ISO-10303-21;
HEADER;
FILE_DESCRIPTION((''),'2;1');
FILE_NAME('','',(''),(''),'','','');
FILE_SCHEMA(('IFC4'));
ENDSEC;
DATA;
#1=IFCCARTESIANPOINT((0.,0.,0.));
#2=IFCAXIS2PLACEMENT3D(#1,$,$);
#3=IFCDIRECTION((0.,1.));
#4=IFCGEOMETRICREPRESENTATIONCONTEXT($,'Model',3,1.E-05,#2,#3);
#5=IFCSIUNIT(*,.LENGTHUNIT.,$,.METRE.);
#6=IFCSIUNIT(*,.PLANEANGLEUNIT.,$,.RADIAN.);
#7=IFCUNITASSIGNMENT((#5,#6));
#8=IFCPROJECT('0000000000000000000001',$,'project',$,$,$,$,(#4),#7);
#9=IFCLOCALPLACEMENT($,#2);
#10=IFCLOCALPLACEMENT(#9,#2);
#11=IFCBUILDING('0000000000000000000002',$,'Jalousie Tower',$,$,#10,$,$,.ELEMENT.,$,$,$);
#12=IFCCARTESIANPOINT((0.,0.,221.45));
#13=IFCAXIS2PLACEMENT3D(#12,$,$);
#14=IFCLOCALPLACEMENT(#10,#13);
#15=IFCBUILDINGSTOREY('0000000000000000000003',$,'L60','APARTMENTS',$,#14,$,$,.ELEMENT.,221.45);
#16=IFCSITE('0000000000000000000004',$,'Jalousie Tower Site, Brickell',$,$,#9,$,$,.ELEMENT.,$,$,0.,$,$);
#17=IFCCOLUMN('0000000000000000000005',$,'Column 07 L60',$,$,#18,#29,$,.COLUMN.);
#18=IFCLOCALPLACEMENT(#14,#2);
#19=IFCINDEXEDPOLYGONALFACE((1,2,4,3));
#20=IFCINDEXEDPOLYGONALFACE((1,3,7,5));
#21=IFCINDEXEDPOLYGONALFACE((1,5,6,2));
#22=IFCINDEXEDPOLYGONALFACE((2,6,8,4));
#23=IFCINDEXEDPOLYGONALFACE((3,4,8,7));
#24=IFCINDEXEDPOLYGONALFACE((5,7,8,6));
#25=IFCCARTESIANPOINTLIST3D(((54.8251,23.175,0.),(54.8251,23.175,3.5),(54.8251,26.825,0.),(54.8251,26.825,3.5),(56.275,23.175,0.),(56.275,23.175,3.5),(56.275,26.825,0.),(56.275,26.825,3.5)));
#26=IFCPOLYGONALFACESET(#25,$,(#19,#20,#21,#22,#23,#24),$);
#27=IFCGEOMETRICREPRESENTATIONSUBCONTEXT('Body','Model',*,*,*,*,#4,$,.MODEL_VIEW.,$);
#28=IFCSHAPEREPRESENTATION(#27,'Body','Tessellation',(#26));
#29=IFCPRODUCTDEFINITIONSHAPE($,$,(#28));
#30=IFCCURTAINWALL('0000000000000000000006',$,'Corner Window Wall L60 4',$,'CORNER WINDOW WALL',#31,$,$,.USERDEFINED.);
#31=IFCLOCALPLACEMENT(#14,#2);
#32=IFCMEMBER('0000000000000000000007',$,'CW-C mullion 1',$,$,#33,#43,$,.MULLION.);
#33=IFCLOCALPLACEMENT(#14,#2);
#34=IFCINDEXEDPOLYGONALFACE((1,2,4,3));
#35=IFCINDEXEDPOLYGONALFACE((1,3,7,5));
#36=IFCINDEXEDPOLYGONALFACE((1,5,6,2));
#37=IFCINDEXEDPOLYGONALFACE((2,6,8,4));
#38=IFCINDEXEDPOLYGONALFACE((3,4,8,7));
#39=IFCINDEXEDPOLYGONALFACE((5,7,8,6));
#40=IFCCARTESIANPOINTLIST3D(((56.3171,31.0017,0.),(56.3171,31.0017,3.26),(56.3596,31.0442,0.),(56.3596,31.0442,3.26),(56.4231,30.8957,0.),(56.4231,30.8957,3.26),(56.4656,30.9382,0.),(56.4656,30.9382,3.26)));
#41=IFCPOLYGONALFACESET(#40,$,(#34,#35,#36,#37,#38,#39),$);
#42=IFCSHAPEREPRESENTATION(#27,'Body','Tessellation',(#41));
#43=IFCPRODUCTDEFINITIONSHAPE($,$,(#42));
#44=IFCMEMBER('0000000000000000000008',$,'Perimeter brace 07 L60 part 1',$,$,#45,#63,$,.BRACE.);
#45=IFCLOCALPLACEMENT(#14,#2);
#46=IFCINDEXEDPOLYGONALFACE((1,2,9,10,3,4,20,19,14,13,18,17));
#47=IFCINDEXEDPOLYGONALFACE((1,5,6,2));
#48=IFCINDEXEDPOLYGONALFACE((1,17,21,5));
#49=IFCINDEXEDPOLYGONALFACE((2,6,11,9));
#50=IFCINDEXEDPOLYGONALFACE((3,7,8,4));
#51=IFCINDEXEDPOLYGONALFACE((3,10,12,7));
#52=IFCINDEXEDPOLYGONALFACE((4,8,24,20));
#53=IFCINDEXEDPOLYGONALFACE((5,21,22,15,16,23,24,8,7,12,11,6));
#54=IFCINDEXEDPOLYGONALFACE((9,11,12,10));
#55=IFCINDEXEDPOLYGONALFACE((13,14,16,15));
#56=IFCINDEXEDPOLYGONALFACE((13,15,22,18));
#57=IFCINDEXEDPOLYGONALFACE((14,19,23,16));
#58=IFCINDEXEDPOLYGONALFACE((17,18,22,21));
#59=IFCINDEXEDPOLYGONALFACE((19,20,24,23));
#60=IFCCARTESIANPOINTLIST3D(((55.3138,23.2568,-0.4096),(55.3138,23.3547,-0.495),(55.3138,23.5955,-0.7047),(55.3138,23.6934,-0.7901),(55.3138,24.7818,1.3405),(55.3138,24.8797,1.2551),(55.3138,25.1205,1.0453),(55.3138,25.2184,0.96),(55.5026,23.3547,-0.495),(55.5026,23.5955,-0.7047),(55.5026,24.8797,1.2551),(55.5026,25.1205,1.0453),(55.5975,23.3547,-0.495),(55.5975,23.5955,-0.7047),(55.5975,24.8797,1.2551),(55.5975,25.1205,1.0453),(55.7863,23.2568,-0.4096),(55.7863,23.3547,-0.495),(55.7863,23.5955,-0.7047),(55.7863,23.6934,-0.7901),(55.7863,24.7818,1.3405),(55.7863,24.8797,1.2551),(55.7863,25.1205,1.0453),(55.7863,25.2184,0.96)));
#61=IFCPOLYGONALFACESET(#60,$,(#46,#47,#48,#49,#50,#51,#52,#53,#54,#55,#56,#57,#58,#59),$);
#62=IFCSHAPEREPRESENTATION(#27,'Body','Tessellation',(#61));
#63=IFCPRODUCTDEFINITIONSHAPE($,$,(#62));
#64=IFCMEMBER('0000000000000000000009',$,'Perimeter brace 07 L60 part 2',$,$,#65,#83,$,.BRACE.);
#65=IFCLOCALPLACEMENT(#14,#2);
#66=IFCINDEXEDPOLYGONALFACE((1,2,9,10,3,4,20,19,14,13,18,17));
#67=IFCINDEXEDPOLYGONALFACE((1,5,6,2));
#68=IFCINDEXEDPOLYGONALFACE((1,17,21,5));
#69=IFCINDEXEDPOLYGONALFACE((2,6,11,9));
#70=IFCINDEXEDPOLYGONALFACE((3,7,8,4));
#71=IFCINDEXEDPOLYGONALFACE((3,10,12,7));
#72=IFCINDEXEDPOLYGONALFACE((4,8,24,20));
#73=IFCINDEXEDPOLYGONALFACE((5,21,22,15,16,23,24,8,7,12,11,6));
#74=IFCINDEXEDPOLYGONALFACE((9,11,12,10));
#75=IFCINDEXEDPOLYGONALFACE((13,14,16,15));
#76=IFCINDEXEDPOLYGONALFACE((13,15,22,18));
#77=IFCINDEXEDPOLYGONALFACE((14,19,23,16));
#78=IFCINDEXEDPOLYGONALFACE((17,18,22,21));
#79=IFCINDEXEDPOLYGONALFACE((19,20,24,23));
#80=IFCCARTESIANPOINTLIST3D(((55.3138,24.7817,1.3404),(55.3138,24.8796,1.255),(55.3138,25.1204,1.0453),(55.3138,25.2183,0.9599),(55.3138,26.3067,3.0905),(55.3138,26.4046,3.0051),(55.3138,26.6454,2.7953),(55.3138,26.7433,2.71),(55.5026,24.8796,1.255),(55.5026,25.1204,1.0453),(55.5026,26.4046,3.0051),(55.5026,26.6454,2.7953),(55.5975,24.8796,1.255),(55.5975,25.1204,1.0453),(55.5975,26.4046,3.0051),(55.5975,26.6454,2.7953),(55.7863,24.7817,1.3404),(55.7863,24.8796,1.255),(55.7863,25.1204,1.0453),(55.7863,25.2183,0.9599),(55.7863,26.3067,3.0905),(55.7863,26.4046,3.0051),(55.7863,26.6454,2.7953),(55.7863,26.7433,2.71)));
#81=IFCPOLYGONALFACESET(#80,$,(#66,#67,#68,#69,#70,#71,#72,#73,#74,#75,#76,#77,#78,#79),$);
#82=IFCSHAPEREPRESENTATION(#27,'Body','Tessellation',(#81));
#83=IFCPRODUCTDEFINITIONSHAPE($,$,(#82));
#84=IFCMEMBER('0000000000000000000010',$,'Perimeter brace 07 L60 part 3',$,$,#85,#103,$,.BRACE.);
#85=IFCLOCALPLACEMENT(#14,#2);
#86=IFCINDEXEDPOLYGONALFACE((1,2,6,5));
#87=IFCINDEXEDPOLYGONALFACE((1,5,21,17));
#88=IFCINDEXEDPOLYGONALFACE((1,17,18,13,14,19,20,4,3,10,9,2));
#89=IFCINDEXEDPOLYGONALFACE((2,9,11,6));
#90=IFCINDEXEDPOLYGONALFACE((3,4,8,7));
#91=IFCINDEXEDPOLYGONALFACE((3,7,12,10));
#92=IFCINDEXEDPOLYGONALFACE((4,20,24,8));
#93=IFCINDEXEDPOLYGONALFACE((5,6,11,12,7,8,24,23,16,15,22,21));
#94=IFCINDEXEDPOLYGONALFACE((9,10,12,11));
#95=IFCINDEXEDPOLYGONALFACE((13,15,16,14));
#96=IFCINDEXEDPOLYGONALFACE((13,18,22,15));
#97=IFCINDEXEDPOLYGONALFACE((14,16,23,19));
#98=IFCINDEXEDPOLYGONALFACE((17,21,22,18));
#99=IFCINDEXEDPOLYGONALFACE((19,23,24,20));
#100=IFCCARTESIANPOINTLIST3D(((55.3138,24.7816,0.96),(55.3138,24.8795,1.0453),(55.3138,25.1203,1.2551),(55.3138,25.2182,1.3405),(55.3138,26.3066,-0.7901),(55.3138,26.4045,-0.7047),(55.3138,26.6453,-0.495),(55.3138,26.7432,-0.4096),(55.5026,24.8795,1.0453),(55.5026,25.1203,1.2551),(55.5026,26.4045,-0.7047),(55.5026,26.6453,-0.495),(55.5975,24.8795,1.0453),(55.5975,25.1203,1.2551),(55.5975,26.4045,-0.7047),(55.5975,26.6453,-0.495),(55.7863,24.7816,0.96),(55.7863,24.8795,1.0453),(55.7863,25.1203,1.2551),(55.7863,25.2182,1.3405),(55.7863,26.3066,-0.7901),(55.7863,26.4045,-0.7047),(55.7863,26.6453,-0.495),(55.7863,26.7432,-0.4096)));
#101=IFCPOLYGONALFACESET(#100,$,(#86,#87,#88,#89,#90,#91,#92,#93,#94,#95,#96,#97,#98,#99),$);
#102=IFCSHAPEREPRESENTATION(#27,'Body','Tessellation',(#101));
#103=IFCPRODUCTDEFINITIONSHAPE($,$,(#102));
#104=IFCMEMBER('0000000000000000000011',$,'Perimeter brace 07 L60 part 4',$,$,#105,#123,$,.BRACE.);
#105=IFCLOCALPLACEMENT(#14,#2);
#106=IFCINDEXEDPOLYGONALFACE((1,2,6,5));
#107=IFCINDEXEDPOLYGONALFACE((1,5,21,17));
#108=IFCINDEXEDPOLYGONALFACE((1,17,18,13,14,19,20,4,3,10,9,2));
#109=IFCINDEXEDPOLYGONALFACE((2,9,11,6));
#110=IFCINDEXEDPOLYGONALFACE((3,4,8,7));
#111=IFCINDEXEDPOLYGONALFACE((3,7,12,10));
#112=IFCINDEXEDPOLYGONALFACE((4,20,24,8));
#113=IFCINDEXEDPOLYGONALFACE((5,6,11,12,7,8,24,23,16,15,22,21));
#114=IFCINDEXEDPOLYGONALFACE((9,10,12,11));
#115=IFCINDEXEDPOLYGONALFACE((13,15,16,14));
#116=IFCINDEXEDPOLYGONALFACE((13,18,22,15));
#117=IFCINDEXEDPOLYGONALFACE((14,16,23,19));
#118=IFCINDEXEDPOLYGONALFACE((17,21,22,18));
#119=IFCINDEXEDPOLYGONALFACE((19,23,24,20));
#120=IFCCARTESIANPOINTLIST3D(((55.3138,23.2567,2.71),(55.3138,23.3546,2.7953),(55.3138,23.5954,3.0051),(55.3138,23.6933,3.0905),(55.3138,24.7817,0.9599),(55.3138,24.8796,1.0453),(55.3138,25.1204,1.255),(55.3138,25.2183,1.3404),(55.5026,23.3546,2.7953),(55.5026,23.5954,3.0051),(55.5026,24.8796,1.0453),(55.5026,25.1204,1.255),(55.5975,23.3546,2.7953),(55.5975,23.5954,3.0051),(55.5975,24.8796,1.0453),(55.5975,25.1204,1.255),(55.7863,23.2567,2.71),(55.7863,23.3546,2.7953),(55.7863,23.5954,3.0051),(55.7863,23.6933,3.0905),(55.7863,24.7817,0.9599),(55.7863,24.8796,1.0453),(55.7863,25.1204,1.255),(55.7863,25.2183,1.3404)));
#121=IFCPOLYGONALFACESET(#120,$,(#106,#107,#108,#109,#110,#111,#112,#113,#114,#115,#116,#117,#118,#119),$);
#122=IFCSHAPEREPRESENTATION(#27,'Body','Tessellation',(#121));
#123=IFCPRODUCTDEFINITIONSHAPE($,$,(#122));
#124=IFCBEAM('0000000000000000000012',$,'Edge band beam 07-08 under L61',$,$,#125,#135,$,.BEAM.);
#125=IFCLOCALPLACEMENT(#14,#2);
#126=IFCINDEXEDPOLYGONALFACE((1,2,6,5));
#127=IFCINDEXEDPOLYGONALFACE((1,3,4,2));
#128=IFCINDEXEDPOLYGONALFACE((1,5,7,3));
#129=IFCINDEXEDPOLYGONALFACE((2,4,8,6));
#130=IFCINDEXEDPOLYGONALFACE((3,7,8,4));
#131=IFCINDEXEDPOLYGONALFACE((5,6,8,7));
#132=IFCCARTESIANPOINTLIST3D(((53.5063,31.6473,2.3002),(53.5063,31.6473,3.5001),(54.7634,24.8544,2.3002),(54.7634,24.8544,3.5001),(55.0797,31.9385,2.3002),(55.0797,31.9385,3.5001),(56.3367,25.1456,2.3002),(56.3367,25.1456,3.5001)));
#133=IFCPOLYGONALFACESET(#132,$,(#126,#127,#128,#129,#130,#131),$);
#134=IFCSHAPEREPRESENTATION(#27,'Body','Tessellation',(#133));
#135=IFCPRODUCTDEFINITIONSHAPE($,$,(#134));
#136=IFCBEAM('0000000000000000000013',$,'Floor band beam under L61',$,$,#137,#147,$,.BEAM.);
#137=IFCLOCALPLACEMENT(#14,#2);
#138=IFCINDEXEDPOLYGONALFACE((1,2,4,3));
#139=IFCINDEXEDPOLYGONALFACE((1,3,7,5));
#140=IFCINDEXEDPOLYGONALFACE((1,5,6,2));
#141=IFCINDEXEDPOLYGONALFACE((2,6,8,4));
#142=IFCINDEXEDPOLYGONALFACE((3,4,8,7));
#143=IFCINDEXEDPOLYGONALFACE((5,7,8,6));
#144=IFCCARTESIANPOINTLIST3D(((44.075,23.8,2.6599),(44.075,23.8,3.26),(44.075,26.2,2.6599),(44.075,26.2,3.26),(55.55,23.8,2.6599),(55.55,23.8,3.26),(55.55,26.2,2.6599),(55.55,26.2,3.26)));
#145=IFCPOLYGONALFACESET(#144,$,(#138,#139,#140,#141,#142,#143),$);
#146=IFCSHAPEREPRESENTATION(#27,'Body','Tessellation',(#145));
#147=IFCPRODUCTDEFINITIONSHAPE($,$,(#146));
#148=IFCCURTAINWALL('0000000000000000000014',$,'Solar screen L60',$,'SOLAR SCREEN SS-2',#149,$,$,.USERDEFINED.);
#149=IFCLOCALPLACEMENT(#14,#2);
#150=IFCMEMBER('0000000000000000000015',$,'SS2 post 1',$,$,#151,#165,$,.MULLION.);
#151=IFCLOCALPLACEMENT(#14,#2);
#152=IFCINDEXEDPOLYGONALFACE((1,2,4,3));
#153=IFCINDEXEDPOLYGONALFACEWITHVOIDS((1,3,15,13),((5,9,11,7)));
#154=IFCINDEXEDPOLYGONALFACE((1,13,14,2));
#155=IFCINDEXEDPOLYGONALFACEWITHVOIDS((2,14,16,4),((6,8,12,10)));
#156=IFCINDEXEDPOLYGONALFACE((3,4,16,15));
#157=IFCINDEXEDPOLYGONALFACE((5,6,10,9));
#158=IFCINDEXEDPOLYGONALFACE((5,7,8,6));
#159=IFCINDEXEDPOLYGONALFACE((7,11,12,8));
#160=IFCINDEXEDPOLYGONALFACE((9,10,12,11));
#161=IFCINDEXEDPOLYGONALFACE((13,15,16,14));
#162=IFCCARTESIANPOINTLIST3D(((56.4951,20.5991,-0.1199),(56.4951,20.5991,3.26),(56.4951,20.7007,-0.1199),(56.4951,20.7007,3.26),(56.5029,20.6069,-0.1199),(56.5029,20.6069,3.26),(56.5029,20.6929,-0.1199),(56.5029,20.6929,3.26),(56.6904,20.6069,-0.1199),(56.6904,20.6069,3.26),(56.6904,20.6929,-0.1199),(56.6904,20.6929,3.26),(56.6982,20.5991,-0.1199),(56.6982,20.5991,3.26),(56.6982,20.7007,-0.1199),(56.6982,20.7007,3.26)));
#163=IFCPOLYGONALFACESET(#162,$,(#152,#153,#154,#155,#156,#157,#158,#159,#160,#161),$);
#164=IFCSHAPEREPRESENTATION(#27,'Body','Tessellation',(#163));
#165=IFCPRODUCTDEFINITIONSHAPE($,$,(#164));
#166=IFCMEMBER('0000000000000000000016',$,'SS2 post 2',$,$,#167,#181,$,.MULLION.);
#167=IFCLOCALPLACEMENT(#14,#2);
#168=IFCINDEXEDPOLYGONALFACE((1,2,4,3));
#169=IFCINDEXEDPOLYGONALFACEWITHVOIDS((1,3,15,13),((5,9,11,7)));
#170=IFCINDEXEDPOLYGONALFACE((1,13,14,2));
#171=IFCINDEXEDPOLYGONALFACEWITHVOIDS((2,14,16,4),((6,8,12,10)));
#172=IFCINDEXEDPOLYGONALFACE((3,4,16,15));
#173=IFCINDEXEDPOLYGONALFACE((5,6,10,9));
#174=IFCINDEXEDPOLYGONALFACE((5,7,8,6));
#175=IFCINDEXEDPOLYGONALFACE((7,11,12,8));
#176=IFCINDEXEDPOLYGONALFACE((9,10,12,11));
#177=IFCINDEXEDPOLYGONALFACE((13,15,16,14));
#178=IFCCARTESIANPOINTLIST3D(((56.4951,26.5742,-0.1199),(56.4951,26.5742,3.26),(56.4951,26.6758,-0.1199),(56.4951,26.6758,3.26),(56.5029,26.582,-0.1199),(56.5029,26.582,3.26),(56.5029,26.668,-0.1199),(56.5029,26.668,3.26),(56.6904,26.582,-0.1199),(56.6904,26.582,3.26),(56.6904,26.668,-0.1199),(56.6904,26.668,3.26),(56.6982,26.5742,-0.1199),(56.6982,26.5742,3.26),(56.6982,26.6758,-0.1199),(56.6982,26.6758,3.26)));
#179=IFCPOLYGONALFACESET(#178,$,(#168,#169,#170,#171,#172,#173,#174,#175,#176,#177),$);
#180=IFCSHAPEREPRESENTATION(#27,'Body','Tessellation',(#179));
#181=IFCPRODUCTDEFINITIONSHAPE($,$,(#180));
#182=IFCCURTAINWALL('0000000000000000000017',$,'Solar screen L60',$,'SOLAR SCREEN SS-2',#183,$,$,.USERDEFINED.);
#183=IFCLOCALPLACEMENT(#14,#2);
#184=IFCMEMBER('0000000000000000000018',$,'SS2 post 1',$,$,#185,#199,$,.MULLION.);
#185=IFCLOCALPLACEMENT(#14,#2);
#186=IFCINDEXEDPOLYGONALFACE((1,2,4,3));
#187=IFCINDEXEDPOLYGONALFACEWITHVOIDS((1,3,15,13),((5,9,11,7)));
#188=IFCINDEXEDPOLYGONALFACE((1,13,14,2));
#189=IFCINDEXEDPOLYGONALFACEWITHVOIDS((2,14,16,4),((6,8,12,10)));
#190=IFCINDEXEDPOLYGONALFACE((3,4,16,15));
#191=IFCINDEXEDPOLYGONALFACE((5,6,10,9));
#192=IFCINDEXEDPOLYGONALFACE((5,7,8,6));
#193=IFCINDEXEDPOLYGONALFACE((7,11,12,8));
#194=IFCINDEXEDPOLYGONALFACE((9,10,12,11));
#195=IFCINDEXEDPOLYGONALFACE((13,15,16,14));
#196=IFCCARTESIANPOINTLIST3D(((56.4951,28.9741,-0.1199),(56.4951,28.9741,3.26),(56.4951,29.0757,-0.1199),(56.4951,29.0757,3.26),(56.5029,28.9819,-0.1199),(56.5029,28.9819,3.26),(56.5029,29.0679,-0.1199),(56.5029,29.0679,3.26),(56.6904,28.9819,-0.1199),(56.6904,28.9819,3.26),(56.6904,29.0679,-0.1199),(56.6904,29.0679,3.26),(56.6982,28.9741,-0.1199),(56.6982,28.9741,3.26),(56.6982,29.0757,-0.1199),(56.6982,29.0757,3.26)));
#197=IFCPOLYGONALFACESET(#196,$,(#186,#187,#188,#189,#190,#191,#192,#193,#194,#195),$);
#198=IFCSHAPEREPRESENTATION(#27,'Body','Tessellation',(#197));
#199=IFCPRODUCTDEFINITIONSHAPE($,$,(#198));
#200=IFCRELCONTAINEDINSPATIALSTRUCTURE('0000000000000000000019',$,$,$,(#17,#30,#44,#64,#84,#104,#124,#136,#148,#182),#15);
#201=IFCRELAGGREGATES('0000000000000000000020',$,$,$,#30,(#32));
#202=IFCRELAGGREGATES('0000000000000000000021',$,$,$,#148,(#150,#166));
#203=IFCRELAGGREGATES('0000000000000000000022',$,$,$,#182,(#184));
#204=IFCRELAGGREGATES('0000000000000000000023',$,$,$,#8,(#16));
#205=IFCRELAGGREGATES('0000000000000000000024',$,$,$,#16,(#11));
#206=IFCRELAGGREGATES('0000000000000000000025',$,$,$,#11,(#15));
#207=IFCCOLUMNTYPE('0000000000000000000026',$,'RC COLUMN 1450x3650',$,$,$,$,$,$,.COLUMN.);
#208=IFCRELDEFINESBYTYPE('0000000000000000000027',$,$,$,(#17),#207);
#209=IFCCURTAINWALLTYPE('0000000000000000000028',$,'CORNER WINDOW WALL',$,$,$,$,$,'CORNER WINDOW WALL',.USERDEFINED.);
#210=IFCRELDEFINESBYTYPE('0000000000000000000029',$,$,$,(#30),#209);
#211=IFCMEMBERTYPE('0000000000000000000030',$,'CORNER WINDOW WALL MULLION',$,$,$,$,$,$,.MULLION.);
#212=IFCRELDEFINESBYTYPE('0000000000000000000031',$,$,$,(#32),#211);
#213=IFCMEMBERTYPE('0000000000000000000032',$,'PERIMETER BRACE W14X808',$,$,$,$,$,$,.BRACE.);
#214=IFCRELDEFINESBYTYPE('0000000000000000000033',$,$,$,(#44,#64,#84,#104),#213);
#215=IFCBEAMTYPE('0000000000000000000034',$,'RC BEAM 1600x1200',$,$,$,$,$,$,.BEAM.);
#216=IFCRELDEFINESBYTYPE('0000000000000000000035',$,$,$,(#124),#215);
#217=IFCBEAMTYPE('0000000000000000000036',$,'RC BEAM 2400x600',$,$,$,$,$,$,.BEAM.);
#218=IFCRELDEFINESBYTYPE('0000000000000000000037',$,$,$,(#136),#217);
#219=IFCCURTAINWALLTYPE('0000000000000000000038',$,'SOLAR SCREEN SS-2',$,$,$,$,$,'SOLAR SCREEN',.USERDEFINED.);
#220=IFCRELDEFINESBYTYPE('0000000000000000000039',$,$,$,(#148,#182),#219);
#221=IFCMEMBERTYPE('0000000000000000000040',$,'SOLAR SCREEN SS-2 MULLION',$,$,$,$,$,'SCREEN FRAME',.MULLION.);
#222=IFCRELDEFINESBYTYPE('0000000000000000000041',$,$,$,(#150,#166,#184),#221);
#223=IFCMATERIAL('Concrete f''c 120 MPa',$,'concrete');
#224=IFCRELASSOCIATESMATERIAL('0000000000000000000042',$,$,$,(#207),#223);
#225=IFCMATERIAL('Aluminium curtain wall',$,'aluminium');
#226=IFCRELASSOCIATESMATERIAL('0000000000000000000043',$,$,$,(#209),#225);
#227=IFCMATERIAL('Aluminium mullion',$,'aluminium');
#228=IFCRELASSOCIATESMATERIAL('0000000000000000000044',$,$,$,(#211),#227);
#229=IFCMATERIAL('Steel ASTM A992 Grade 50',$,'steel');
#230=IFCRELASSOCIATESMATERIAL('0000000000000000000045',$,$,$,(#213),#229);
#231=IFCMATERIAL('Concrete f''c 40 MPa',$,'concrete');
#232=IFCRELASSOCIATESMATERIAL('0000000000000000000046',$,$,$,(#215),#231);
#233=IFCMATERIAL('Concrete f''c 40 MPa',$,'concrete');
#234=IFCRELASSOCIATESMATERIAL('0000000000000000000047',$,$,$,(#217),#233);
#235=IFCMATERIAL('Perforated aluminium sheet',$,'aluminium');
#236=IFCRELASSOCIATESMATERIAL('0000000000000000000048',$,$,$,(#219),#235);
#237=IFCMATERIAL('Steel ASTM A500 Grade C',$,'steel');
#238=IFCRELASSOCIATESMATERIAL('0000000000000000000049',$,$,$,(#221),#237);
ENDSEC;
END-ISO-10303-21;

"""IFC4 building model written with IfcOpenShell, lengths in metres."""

from ifc_helpers import new_model, si_unit, direction, frame, origin, origin_2d, place, context, subcontext, project, spatial, rectangle, hollow_rectangle, i_section, extrude, material, material_profile, profile_set, type_object, element, aggregate, save


model = new_model("IFC4")

# Units and contexts
model_context = context("Model", 3, precision=1e-05, world=origin(), true_north=direction((0.0, 1.0)))
body_context = subcontext(model_context, "Body", "Model", "MODEL_VIEW")
ifc_project = project(units=[si_unit("LENGTHUNIT", "METRE"), si_unit("PLANEANGLEUNIT", "RADIAN")], contexts=[model_context])

# Site, building, storey
site_placement = place(None, origin())
site = spatial("IfcSite", under=ifc_project, at=site_placement, Name="Jalousie Tower Site, Brickell", CompositionType="ELEMENT", RefElevation=0.0)
building_placement = place(site_placement, origin())
building = spatial("IfcBuilding", under=site, at=building_placement, Name="Jalousie Tower", CompositionType="ELEMENT")
storey_placement = place(building_placement, frame((0.0, 0.0, 221.45)))
storey = spatial("IfcBuildingStorey", under=building, at=storey_placement, Name="L60", Description="APARTMENTS", CompositionType="ELEMENT", Elevation=221.45)

# Column
ifc_material_1 = material(Name="Concrete f'c 120 MPa", Category="concrete")
ifc_material_profile_1 = material_profile(ifc_material_1, rectangle(XDim=1.45, YDim=3.6499, at=origin_2d()), Name="RC 1450x3650")
ifc_profile_set_1 = profile_set([ifc_material_profile_1], Name="Concrete f'c 120 MPa")
column_type = type_object("IfcColumnType", Name="RC COLUMN 1450x3650", PredefinedType="COLUMN", material=ifc_profile_set_1)
column_placement = place(storey_placement, frame((55.55, 25.0, 0.0), z_axis=(0.0, 0.0, 1.0), x_axis=(1.0, 0.0, 0.0)))
element("IfcColumn", 1, at=column_placement, inside=storey, type_object=column_type, Name="Column 07 L60", PredefinedType="COLUMN", context=body_context, shape_type="SweptSolid", body=[
    extrude(rectangle(XDim=1.45, YDim=3.6499, at=origin_2d()), origin(), (0.0, 0.0, 1.0), 3.5),
])

# Curtain wall, member
ifc_material_2 = material(Name="Aluminium curtain wall", Category="aluminium")
curtain_wall_type_1 = type_object("IfcCurtainWallType", Name="CORNER WINDOW WALL", ElementType="CORNER WINDOW WALL", PredefinedType="USERDEFINED", material=ifc_material_2)
curtain_wall_1_placement = place(storey_placement, origin())
curtain_wall_1 = element("IfcCurtainWall", 2, at=curtain_wall_1_placement, inside=storey, type_object=curtain_wall_type_1, Name="Corner Window Wall L60 4", ObjectType="CORNER WINDOW WALL", PredefinedType="USERDEFINED")
ifc_material_3 = material(Name="Aluminium mullion", Category="aluminium")
ifc_material_profile_2 = material_profile(ifc_material_3, rectangle(XDim=0.0601, YDim=0.1499, at=origin_2d()), Name="MULLION 60x150")
ifc_profile_set_2 = profile_set([ifc_material_profile_2], Name="Aluminium mullion")
member_type_1 = type_object("IfcMemberType", Name="CORNER WINDOW WALL MULLION", PredefinedType="MULLION", material=ifc_profile_set_2)
member_1_placement = place(storey_placement, frame((56.3914, 30.97, 0.0), z_axis=(0.0, 0.0, 1.0), x_axis=(-0.707107, -0.707107, 0.0)))
member_1 = element("IfcMember", 3, at=member_1_placement, type_object=member_type_1, Name="CW-C mullion 1", PredefinedType="MULLION", context=body_context, shape_type="SweptSolid", body=[
    extrude(rectangle(XDim=0.0601, YDim=0.1499, at=origin_2d()), origin(), (0.0, 0.0, 1.0), 3.26),
])
aggregate(curtain_wall_1, [member_1])

# Members
ifc_material_4 = material(Name="Steel ASTM A992 Grade 50", Category="steel")
ifc_material_profile_3 = material_profile(ifc_material_4, i_section(OverallWidth=0.4724, OverallDepth=0.5791, WebThickness=0.095, FlangeThickness=0.1299, at=origin_2d()), Name="W14X808")
ifc_profile_set_3 = profile_set([ifc_material_profile_3], Name="Steel ASTM A992 Grade 50")
member_type_2 = type_object("IfcMemberType", Name="PERIMETER BRACE W14X808", PredefinedType="BRACE", material=ifc_profile_set_3)
for number, where, z_axis, x_axis, name in (
    (4, (55.55, 23.4751, -0.5999), (0.0, 0.656954, 0.75393), (-1.0, 0.0, 0.0), "Perimeter brace 07 L60 part 1"),
    (5, (55.55, 25.0, 1.1501), (0.0, 0.656954, 0.75393), (-1.0, 0.0, 0.0), "Perimeter brace 07 L60 part 2"),
    (6, (55.55, 26.5249, -0.5999), (0.0, -0.656954, 0.75393), (1.0, 0.0, 0.0), "Perimeter brace 07 L60 part 3"),
    (7, (55.55, 25.0, 1.1501), (0.0, -0.656954, 0.75393), (1.0, 0.0, 0.0), "Perimeter brace 07 L60 part 4"),
):
    element("IfcMember", number, at=place(storey_placement, frame(where, z_axis=z_axis, x_axis=x_axis)), inside=storey, type_object=member_type_2, Name=name, PredefinedType="BRACE", context=body_context, shape_type="SweptSolid", body=[
        extrude(i_section(OverallWidth=0.4724, OverallDepth=0.5791, WebThickness=0.095, FlangeThickness=0.1299, at=origin_2d()), origin(), (0.0, 0.0, 1.0), 2.3213),
    ])

# Beams
ifc_material_5 = material(Name="Concrete f'c 40 MPa", Category="concrete")
ifc_material_profile_4 = material_profile(ifc_material_5, rectangle(XDim=1.6001, YDim=1.2, at=origin_2d()), Name="RC 1600x1200")
ifc_profile_set_4 = profile_set([ifc_material_profile_4], Name="Concrete f'c 40 MPa")
beam_type_1 = type_object("IfcBeamType", Name="RC BEAM 1600x1200", PredefinedType="BEAM", material=ifc_profile_set_4)
beam_1_placement = place(storey_placement, frame((55.55, 25.0, 2.9001), z_axis=(-0.181967, 0.983305, 0.0), x_axis=(-0.983305, -0.181967, 0.0)))
element("IfcBeam", 8, at=beam_1_placement, inside=storey, type_object=beam_type_1, Name="Edge band beam 07-08 under L61", PredefinedType="BEAM", context=body_context, shape_type="SweptSolid", body=[
    extrude(rectangle(XDim=1.6001, YDim=1.2, at=origin_2d()), origin(), (0.0, 0.0, 1.0), 6.9082),
])
ifc_material_6 = material(Name="Concrete f'c 40 MPa", Category="concrete")
ifc_material_profile_5 = material_profile(ifc_material_6, rectangle(XDim=2.3999, YDim=0.6001, at=origin_2d()), Name="RC 2400x600")
ifc_profile_set_5 = profile_set([ifc_material_profile_5], Name="Concrete f'c 40 MPa")
beam_type_2 = type_object("IfcBeamType", Name="RC BEAM 2400x600", PredefinedType="BEAM", material=ifc_profile_set_5)
beam_2_placement = place(storey_placement, frame((55.55, 25.0, 2.96), z_axis=(-1.0, 0.0, 0.0), x_axis=(0.0, -1.0, 0.0)))
element("IfcBeam", 9, at=beam_2_placement, inside=storey, type_object=beam_type_2, Name="Floor band beam under L61", PredefinedType="BEAM", context=body_context, shape_type="SweptSolid", body=[
    extrude(rectangle(XDim=2.3999, YDim=0.6001, at=origin_2d()), origin(), (0.0, 0.0, 1.0), 11.4751),
])

# Curtain walls, members
ifc_material_7 = material(Name="Perforated aluminium sheet", Category="aluminium")
curtain_wall_type_2 = type_object("IfcCurtainWallType", Name="SOLAR SCREEN SS-2", ElementType="SOLAR SCREEN", PredefinedType="USERDEFINED", material=ifc_material_7)
curtain_wall_2_placement = place(storey_placement, origin())
curtain_wall_2 = element("IfcCurtainWall", 10, at=curtain_wall_2_placement, inside=storey, type_object=curtain_wall_type_2, Name="Solar screen L60", ObjectType="SOLAR SCREEN SS-2", PredefinedType="USERDEFINED")
ifc_material_8 = material(Name="Steel ASTM A500 Grade C", Category="steel")
ifc_material_profile_6 = material_profile(ifc_material_8, hollow_rectangle(XDim=0.1016, YDim=0.2031, WallThickness=0.0078, at=origin_2d()), Name="HSS8X4X5/16")
ifc_profile_set_6 = profile_set([ifc_material_profile_6], Name="Steel ASTM A500 Grade C")
member_type_3 = type_object("IfcMemberType", Name="SOLAR SCREEN SS-2 MULLION", ElementType="SCREEN FRAME", PredefinedType="MULLION", material=ifc_profile_set_6)
member_2_placement = place(storey_placement, frame((56.5967, 20.6499, -0.1199), z_axis=(0.0, 0.0, 1.0), x_axis=(0.0, 1.0, 0.0)))
member_2 = element("IfcMember", 11, at=member_2_placement, type_object=member_type_3, Name="SS2 post 1", PredefinedType="MULLION", context=body_context, shape_type="SweptSolid", body=[
    extrude(hollow_rectangle(XDim=0.1016, YDim=0.2031, WallThickness=0.0078, at=origin_2d()), origin(), (0.0, 0.0, 1.0), 3.3799),
])
member_3_placement = place(storey_placement, frame((56.5967, 26.625, -0.1199), z_axis=(0.0, 0.0, 1.0), x_axis=(0.0, 1.0, 0.0)))
member_3 = element("IfcMember", 12, at=member_3_placement, type_object=member_type_3, Name="SS2 post 2", PredefinedType="MULLION", context=body_context, shape_type="SweptSolid", body=[
    extrude(hollow_rectangle(XDim=0.1016, YDim=0.2031, WallThickness=0.0078, at=origin_2d()), origin(), (0.0, 0.0, 1.0), 3.3799),
])
curtain_wall_3_placement = place(storey_placement, origin())
curtain_wall_3 = element("IfcCurtainWall", 13, at=curtain_wall_3_placement, inside=storey, type_object=curtain_wall_type_2, Name="Solar screen L60", ObjectType="SOLAR SCREEN SS-2", PredefinedType="USERDEFINED")
member_4_placement = place(storey_placement, frame((56.5967, 29.0249, -0.1199), z_axis=(0.0, 0.0, 1.0), x_axis=(0.0, 1.0, 0.0)))
member_4 = element("IfcMember", 14, at=member_4_placement, type_object=member_type_3, Name="SS2 post 1", PredefinedType="MULLION", context=body_context, shape_type="SweptSolid", body=[
    extrude(hollow_rectangle(XDim=0.1016, YDim=0.2031, WallThickness=0.0078, at=origin_2d()), origin(), (0.0, 0.0, 1.0), 3.3799),
])

aggregate(curtain_wall_2, [member_2, member_3])
aggregate(curtain_wall_3, [member_4])

save(model, "model.ifc")
